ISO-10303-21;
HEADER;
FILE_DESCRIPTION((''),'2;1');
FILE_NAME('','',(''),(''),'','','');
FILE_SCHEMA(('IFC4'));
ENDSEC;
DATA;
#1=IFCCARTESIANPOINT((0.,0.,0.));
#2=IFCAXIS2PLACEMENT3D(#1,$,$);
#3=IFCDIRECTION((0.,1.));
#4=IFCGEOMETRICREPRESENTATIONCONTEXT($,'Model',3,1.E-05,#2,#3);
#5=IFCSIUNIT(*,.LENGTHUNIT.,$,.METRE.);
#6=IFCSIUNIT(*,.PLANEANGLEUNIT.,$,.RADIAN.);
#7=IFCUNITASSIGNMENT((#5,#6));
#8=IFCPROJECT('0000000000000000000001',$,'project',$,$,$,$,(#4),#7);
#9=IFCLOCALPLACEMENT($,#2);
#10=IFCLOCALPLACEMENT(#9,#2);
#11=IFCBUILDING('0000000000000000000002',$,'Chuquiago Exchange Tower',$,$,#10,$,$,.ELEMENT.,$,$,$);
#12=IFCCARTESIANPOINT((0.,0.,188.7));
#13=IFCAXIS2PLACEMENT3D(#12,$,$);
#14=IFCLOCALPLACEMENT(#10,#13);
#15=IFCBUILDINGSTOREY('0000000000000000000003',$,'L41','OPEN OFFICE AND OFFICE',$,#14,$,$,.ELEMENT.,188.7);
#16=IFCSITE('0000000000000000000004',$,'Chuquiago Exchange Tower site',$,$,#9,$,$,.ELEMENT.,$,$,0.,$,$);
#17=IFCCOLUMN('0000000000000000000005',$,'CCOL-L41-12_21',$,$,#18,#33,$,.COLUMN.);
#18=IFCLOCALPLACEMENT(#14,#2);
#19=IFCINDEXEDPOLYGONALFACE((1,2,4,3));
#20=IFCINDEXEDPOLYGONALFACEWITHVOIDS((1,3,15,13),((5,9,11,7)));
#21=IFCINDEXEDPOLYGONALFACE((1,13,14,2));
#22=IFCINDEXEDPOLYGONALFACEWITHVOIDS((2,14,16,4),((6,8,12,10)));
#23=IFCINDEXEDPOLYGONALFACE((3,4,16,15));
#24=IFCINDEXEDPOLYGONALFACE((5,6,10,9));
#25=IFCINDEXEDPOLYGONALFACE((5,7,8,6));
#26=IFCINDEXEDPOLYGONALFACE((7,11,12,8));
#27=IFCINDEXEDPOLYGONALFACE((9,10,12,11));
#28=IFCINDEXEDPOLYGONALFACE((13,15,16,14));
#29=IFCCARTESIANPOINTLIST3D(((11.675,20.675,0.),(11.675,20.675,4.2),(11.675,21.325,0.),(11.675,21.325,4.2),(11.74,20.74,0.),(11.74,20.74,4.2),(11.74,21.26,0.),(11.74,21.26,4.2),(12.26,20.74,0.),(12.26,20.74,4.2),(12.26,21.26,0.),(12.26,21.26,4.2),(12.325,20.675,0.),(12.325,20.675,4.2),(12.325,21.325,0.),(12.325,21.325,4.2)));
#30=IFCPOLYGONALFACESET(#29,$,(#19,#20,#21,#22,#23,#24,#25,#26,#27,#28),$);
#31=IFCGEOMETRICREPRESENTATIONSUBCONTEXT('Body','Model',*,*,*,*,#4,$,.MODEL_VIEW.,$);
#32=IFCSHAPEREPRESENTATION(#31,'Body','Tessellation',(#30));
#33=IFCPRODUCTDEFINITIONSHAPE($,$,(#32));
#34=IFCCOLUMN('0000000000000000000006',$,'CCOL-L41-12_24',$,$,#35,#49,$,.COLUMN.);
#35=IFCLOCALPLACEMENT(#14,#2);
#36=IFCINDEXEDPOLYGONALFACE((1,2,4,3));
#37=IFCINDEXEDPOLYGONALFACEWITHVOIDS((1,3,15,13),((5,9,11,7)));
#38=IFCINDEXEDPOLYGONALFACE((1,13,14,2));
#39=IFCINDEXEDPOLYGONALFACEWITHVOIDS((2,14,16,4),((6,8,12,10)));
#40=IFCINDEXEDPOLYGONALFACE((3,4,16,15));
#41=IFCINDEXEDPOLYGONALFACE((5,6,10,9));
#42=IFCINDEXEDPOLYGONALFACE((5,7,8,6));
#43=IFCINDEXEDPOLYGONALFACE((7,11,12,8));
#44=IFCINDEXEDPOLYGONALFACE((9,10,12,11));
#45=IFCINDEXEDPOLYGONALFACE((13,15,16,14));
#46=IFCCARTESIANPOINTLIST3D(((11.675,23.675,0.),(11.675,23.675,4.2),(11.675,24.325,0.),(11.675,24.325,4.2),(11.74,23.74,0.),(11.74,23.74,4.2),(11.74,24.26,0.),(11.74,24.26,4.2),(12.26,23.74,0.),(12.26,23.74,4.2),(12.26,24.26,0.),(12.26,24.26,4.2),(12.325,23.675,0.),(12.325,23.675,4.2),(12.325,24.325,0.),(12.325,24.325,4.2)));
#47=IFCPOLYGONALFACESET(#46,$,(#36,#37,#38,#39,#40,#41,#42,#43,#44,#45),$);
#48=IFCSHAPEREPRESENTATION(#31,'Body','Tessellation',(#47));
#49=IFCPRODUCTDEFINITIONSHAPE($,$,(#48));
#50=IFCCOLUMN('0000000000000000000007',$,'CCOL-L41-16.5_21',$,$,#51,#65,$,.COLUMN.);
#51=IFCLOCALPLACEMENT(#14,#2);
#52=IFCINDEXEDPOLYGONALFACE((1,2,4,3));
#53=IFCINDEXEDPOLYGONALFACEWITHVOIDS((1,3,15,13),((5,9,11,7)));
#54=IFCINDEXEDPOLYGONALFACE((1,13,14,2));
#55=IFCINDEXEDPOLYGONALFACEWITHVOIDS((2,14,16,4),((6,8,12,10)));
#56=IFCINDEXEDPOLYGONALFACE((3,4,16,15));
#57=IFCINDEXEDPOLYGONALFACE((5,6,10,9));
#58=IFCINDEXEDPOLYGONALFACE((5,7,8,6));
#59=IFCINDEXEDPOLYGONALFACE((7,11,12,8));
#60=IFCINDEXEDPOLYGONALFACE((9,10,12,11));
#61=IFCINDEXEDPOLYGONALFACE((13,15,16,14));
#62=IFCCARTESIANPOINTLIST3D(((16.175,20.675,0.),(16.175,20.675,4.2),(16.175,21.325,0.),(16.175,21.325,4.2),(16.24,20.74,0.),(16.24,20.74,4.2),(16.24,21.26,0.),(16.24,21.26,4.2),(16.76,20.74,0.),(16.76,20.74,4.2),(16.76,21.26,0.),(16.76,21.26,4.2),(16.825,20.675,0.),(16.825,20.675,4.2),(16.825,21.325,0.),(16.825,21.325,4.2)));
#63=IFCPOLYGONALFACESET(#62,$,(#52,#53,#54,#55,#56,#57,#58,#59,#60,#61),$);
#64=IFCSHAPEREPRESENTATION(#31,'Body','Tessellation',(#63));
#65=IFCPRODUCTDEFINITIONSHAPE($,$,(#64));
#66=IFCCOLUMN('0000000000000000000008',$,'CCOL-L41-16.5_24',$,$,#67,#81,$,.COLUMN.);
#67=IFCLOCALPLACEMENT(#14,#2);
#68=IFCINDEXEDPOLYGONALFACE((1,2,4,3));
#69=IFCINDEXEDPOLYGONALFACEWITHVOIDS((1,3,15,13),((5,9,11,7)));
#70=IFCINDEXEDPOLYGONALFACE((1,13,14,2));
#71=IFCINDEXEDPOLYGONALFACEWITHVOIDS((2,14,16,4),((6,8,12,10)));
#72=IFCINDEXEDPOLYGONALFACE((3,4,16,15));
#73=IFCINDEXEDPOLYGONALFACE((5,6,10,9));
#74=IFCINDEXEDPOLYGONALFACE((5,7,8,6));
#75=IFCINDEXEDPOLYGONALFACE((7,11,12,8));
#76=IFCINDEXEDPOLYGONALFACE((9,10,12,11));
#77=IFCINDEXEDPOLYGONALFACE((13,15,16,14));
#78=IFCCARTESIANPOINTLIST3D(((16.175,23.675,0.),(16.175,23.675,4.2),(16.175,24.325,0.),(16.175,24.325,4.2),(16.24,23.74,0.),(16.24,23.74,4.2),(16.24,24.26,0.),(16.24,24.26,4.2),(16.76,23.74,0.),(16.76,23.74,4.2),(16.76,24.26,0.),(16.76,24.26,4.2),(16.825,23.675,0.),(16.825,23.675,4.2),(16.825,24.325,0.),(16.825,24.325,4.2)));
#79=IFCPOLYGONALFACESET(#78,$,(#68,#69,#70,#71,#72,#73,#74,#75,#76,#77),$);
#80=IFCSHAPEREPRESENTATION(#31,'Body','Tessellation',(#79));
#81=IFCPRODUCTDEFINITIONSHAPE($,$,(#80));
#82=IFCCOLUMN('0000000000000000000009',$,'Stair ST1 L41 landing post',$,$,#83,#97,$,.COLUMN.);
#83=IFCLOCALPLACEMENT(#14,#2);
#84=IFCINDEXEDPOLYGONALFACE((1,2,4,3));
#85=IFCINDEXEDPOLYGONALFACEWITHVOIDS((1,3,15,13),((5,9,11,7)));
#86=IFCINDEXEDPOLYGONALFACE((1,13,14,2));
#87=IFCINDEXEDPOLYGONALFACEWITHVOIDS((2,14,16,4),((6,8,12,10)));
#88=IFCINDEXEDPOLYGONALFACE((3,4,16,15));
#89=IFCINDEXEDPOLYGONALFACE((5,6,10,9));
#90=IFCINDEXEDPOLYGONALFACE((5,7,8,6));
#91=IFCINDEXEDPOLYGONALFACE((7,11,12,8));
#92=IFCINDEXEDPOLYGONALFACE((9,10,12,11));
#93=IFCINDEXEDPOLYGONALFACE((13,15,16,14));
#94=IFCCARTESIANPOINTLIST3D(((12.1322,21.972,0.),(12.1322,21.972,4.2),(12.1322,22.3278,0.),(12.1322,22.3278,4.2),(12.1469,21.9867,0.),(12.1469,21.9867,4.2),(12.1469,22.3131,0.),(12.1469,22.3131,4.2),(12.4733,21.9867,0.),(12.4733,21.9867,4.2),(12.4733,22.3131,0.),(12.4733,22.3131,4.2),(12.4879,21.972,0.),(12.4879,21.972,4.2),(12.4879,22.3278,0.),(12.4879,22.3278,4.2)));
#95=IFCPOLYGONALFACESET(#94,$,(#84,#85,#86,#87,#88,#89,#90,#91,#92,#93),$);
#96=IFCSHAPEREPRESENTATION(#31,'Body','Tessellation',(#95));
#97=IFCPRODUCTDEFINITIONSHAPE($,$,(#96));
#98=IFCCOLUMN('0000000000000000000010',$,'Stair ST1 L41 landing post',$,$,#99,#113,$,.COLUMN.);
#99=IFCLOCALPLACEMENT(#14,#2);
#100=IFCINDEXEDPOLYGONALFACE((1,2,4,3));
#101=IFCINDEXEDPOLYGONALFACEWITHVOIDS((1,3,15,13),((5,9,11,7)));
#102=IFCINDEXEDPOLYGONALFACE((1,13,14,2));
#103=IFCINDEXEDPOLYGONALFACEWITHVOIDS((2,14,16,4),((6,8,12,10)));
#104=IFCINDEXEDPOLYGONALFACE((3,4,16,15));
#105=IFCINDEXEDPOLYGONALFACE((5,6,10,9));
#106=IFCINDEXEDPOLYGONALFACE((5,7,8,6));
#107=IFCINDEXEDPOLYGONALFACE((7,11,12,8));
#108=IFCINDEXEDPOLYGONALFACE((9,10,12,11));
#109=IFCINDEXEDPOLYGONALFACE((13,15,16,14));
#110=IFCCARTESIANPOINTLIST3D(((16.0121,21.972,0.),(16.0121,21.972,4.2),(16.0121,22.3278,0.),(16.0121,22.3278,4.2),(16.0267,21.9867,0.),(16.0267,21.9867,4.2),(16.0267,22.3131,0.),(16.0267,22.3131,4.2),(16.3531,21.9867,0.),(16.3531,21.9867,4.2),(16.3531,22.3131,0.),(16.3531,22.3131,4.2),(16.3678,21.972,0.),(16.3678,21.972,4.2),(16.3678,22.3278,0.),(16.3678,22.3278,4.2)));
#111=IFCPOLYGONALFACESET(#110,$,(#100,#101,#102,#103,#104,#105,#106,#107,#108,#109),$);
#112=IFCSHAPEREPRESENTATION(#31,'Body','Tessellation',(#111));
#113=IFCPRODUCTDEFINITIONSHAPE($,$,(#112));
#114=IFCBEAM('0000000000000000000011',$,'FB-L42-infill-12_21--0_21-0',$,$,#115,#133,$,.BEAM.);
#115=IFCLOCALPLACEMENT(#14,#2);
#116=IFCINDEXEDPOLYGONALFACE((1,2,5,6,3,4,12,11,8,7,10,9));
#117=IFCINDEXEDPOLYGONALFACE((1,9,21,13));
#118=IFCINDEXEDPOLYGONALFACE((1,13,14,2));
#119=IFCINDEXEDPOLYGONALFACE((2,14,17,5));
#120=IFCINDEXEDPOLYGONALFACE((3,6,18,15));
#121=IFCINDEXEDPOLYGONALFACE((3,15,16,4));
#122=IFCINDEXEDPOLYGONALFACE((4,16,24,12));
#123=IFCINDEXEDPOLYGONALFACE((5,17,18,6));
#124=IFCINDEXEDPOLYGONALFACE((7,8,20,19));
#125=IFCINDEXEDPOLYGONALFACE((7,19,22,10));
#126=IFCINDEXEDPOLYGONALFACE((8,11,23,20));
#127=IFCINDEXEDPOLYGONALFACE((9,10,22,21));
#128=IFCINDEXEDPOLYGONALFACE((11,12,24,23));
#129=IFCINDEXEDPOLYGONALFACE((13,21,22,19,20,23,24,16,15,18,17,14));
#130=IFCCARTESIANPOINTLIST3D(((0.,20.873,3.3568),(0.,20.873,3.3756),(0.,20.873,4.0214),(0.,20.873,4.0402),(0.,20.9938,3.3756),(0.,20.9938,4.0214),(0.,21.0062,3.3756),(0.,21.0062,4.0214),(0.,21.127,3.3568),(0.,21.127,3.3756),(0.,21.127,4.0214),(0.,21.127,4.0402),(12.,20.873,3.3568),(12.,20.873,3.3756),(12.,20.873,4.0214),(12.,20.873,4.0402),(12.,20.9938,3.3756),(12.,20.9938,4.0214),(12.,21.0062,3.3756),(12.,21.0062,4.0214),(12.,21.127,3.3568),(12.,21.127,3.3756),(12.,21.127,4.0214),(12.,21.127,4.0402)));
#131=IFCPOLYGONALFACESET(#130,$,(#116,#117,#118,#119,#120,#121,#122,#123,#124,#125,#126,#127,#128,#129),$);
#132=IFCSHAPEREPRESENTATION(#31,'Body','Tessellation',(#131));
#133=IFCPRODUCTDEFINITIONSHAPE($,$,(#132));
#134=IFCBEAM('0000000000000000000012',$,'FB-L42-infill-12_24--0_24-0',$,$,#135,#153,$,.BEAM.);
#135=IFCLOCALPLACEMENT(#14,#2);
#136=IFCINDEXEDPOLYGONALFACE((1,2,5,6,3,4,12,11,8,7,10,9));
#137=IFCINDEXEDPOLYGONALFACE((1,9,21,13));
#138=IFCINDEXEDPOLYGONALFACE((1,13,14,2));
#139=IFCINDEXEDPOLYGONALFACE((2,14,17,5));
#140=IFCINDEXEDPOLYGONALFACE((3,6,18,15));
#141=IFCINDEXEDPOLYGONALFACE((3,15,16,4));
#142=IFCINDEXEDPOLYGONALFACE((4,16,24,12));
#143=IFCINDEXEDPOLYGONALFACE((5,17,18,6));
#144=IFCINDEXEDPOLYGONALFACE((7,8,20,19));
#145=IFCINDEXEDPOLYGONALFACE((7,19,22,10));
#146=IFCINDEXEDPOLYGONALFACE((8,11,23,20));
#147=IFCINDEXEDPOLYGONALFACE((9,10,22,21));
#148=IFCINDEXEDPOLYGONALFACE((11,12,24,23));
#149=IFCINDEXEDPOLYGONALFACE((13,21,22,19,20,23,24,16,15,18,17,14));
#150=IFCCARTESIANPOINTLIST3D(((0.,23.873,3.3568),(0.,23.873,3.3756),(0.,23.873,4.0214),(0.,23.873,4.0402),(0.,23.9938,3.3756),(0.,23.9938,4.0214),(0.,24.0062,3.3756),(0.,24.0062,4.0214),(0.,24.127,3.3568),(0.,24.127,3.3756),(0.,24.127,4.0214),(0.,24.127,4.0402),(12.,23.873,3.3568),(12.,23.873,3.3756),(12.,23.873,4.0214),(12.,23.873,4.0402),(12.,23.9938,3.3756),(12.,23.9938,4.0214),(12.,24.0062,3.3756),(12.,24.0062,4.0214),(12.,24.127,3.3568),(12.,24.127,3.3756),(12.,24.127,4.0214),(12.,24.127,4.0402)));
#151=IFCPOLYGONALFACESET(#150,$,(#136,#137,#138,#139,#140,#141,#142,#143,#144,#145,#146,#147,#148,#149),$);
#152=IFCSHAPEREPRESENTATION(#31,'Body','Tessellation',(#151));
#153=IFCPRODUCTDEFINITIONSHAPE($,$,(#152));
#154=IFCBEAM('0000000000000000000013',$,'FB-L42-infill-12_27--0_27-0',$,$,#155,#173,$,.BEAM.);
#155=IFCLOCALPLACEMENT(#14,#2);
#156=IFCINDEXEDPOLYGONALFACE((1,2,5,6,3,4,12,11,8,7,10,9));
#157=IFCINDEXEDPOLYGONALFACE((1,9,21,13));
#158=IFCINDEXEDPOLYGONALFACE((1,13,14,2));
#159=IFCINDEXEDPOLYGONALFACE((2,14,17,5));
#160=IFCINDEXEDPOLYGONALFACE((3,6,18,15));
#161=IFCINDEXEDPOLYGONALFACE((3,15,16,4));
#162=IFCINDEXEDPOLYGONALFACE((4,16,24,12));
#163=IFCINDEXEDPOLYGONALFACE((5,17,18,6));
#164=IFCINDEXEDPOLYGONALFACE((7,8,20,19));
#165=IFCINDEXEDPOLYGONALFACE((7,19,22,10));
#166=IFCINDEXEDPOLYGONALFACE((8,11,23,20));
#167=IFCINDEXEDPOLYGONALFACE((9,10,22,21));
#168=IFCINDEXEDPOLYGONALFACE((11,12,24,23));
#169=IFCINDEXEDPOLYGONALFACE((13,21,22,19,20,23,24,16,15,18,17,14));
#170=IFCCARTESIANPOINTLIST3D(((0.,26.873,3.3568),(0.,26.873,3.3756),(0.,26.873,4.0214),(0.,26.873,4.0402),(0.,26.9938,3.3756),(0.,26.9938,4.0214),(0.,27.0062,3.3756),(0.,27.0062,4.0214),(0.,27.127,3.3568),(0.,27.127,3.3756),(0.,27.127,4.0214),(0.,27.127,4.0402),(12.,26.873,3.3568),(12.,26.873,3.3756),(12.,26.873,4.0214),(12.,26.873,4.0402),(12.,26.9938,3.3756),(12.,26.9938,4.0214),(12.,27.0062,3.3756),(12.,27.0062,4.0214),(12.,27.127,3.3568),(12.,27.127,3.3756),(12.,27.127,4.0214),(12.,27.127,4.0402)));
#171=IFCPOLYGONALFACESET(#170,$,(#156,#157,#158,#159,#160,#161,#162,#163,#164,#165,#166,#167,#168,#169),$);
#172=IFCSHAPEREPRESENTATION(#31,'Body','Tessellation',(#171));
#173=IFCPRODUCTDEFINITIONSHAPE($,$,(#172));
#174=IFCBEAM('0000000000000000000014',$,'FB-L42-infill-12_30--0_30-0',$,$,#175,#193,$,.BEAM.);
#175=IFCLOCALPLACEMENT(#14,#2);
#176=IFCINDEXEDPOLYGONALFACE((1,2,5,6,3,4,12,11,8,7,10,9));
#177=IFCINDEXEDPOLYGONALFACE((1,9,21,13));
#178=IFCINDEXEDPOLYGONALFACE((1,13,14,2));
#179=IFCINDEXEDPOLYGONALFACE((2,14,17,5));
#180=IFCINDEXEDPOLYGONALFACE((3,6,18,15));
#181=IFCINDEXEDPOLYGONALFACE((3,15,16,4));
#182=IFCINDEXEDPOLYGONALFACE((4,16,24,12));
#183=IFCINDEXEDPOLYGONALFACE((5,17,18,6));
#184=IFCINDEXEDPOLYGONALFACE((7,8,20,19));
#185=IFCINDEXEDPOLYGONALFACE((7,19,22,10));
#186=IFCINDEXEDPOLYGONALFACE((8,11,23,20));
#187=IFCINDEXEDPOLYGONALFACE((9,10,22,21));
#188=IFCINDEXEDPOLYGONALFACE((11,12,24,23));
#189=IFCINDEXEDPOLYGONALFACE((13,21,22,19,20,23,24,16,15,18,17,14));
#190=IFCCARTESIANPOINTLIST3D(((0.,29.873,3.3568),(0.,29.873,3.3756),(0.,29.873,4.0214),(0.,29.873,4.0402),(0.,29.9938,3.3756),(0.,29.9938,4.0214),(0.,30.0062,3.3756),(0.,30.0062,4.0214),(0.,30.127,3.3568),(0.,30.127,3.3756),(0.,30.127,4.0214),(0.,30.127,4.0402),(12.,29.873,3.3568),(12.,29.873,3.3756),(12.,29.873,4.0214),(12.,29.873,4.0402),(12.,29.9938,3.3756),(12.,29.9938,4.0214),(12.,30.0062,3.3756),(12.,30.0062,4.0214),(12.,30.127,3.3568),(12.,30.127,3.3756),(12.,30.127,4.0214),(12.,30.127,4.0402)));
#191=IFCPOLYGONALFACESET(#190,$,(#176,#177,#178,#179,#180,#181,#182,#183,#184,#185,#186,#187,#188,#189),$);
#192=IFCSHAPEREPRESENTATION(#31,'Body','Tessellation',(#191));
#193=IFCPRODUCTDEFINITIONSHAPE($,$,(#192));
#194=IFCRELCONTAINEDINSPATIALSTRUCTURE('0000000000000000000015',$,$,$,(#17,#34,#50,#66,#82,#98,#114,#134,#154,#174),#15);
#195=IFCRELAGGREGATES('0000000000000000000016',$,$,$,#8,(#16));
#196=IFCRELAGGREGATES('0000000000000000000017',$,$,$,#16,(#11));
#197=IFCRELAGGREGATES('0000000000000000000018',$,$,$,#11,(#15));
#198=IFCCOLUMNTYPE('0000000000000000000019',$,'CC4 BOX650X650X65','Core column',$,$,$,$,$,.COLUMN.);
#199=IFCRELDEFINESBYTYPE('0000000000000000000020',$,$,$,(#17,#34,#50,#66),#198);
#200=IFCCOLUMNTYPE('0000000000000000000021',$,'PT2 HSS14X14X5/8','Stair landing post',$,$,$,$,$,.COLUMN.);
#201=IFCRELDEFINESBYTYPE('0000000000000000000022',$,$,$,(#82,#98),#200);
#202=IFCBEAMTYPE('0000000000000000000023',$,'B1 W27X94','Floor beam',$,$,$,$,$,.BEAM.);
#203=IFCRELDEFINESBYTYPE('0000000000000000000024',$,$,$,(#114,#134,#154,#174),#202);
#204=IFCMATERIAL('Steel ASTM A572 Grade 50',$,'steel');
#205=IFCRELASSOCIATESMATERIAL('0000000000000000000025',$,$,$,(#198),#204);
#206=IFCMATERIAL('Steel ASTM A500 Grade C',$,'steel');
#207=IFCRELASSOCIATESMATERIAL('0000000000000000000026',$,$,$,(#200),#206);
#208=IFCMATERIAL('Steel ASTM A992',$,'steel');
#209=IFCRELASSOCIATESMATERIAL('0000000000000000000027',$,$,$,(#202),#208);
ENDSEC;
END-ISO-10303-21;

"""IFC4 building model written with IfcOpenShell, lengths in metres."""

from ifc_helpers import new_model, si_unit, direction, frame, origin, origin_2d, place, context, subcontext, project, spatial, hollow_rectangle, i_section, extrude, material, material_profile, profile_set, type_object, element, save


model = new_model("IFC4")

# Units and contexts
model_context = context("Model", 3, precision=1e-05, world=origin(), true_north=direction((0.0, 1.0)))
body_context = subcontext(model_context, "Body", "Model", "MODEL_VIEW")
ifc_project = project(units=[si_unit("LENGTHUNIT", "METRE"), si_unit("PLANEANGLEUNIT", "RADIAN")], contexts=[model_context])

# Site, building, storey
site_placement = place(None, origin())
site = spatial("IfcSite", under=ifc_project, at=site_placement, Name="Chuquiago Exchange Tower site", CompositionType="ELEMENT", RefElevation=0.0)
building_placement = place(site_placement, origin())
building = spatial("IfcBuilding", under=site, at=building_placement, Name="Chuquiago Exchange Tower", CompositionType="ELEMENT")
storey_placement = place(building_placement, frame((0.0, 0.0, 188.7)))
storey = spatial("IfcBuildingStorey", under=building, at=storey_placement, Name="L41", Description="OPEN OFFICE AND OFFICE", CompositionType="ELEMENT", Elevation=188.7)

# Columns
ifc_material_1 = material(Name="Steel ASTM A572 Grade 50", Category="steel")
ifc_material_profile_1 = material_profile(ifc_material_1, hollow_rectangle(XDim=0.6499, YDim=0.6499, WallThickness=0.0649, at=origin_2d()), Name="BOX650X650X65")
ifc_profile_set_1 = profile_set([ifc_material_profile_1], Name="Steel ASTM A572 Grade 50")
column_type_1 = type_object("IfcColumnType", Name="CC4 BOX650X650X65", Description="Core column", PredefinedType="COLUMN", material=ifc_profile_set_1)
for number, where, z_axis, x_axis, name in (
    (1, (12.0, 21.0, 0.0), (0.0, 0.0, 1.0), (1.0, 0.0, 0.0), "CCOL-L41-12_21"),
    (2, (12.0, 24.0, 0.0), (0.0, 0.0, 1.0), (1.0, 0.0, 0.0), "CCOL-L41-12_24"),
    (3, (16.5, 21.0, 0.0), (0.0, 0.0, 1.0), (1.0, 0.0, 0.0), "CCOL-L41-16.5_21"),
    (4, (16.5, 24.0, 0.0), (0.0, 0.0, 1.0), (1.0, 0.0, 0.0), "CCOL-L41-16.5_24"),
):
    element("IfcColumn", number, at=place(storey_placement, frame(where, z_axis=z_axis, x_axis=x_axis)), inside=storey, type_object=column_type_1, Name=name, PredefinedType="COLUMN", context=body_context, shape_type="SweptSolid", body=[
        extrude(hollow_rectangle(XDim=0.6499, YDim=0.6499, WallThickness=0.0649, at=origin_2d()), origin(), (0.0, 0.0, 1.0), 4.2),
    ])
ifc_material_2 = material(Name="Steel ASTM A500 Grade C", Category="steel")
ifc_material_profile_2 = material_profile(ifc_material_2, hollow_rectangle(XDim=0.3557, YDim=0.3557, WallThickness=0.0146, at=origin_2d()), Name="HSS14X14X5/8")
ifc_profile_set_2 = profile_set([ifc_material_profile_2], Name="Steel ASTM A500 Grade C")
column_type_2 = type_object("IfcColumnType", Name="PT2 HSS14X14X5/8", Description="Stair landing post", PredefinedType="COLUMN", material=ifc_profile_set_2)
for number, where, z_axis, x_axis, name in (
    (5, (12.3101, 22.1499, 0.0), (0.0, 0.0, 1.0), (1.0, 0.0, 0.0), "Stair ST1 L41 landing post"),
    (6, (16.1899, 22.1499, 0.0), (0.0, 0.0, 1.0), (1.0, 0.0, 0.0), "Stair ST1 L41 landing post"),
):
    element("IfcColumn", number, at=place(storey_placement, frame(where, z_axis=z_axis, x_axis=x_axis)), inside=storey, type_object=column_type_2, Name=name, PredefinedType="COLUMN", context=body_context, shape_type="SweptSolid", body=[
        extrude(hollow_rectangle(XDim=0.3557, YDim=0.3557, WallThickness=0.0146, at=origin_2d()), origin(), (0.0, 0.0, 1.0), 4.2),
    ])

# Beams
ifc_material_3 = material(Name="Steel ASTM A992", Category="steel")
ifc_material_profile_3 = material_profile(ifc_material_3, i_section(OverallWidth=0.2539, OverallDepth=0.6833, WebThickness=0.0125, FlangeThickness=0.0188, at=origin_2d()), Name="W27X94")
ifc_profile_set_3 = profile_set([ifc_material_profile_3], Name="Steel ASTM A992")
beam_type_1 = type_object("IfcBeamType", Name="B1 W27X94", Description="Floor beam", PredefinedType="BEAM", material=ifc_profile_set_3)
for number, where, z_axis, x_axis, name in (
    (7, (12.0, 21.0, 3.6985), (-1.0, 0.0, 0.0), (0.0, -1.0, 0.0), "FB-L42-infill-12_21--0_21-0"),
    (8, (12.0, 24.0, 3.6985), (-1.0, 0.0, 0.0), (0.0, -1.0, 0.0), "FB-L42-infill-12_24--0_24-0"),
    (9, (12.0, 27.0, 3.6985), (-1.0, 0.0, 0.0), (0.0, -1.0, 0.0), "FB-L42-infill-12_27--0_27-0"),
    (10, (12.0, 30.0, 3.6985), (-1.0, 0.0, 0.0), (0.0, -1.0, 0.0), "FB-L42-infill-12_30--0_30-0"),
):
    element("IfcBeam", number, at=place(storey_placement, frame(where, z_axis=z_axis, x_axis=x_axis)), inside=storey, type_object=beam_type_1, Name=name, PredefinedType="BEAM", context=body_context, shape_type="SweptSolid", body=[
        extrude(i_section(OverallWidth=0.2539, OverallDepth=0.6833, WebThickness=0.0125, FlangeThickness=0.0188, at=origin_2d()), origin(), (0.0, 0.0, 1.0), 12.0),
    ])

save(model, "model.ifc")
